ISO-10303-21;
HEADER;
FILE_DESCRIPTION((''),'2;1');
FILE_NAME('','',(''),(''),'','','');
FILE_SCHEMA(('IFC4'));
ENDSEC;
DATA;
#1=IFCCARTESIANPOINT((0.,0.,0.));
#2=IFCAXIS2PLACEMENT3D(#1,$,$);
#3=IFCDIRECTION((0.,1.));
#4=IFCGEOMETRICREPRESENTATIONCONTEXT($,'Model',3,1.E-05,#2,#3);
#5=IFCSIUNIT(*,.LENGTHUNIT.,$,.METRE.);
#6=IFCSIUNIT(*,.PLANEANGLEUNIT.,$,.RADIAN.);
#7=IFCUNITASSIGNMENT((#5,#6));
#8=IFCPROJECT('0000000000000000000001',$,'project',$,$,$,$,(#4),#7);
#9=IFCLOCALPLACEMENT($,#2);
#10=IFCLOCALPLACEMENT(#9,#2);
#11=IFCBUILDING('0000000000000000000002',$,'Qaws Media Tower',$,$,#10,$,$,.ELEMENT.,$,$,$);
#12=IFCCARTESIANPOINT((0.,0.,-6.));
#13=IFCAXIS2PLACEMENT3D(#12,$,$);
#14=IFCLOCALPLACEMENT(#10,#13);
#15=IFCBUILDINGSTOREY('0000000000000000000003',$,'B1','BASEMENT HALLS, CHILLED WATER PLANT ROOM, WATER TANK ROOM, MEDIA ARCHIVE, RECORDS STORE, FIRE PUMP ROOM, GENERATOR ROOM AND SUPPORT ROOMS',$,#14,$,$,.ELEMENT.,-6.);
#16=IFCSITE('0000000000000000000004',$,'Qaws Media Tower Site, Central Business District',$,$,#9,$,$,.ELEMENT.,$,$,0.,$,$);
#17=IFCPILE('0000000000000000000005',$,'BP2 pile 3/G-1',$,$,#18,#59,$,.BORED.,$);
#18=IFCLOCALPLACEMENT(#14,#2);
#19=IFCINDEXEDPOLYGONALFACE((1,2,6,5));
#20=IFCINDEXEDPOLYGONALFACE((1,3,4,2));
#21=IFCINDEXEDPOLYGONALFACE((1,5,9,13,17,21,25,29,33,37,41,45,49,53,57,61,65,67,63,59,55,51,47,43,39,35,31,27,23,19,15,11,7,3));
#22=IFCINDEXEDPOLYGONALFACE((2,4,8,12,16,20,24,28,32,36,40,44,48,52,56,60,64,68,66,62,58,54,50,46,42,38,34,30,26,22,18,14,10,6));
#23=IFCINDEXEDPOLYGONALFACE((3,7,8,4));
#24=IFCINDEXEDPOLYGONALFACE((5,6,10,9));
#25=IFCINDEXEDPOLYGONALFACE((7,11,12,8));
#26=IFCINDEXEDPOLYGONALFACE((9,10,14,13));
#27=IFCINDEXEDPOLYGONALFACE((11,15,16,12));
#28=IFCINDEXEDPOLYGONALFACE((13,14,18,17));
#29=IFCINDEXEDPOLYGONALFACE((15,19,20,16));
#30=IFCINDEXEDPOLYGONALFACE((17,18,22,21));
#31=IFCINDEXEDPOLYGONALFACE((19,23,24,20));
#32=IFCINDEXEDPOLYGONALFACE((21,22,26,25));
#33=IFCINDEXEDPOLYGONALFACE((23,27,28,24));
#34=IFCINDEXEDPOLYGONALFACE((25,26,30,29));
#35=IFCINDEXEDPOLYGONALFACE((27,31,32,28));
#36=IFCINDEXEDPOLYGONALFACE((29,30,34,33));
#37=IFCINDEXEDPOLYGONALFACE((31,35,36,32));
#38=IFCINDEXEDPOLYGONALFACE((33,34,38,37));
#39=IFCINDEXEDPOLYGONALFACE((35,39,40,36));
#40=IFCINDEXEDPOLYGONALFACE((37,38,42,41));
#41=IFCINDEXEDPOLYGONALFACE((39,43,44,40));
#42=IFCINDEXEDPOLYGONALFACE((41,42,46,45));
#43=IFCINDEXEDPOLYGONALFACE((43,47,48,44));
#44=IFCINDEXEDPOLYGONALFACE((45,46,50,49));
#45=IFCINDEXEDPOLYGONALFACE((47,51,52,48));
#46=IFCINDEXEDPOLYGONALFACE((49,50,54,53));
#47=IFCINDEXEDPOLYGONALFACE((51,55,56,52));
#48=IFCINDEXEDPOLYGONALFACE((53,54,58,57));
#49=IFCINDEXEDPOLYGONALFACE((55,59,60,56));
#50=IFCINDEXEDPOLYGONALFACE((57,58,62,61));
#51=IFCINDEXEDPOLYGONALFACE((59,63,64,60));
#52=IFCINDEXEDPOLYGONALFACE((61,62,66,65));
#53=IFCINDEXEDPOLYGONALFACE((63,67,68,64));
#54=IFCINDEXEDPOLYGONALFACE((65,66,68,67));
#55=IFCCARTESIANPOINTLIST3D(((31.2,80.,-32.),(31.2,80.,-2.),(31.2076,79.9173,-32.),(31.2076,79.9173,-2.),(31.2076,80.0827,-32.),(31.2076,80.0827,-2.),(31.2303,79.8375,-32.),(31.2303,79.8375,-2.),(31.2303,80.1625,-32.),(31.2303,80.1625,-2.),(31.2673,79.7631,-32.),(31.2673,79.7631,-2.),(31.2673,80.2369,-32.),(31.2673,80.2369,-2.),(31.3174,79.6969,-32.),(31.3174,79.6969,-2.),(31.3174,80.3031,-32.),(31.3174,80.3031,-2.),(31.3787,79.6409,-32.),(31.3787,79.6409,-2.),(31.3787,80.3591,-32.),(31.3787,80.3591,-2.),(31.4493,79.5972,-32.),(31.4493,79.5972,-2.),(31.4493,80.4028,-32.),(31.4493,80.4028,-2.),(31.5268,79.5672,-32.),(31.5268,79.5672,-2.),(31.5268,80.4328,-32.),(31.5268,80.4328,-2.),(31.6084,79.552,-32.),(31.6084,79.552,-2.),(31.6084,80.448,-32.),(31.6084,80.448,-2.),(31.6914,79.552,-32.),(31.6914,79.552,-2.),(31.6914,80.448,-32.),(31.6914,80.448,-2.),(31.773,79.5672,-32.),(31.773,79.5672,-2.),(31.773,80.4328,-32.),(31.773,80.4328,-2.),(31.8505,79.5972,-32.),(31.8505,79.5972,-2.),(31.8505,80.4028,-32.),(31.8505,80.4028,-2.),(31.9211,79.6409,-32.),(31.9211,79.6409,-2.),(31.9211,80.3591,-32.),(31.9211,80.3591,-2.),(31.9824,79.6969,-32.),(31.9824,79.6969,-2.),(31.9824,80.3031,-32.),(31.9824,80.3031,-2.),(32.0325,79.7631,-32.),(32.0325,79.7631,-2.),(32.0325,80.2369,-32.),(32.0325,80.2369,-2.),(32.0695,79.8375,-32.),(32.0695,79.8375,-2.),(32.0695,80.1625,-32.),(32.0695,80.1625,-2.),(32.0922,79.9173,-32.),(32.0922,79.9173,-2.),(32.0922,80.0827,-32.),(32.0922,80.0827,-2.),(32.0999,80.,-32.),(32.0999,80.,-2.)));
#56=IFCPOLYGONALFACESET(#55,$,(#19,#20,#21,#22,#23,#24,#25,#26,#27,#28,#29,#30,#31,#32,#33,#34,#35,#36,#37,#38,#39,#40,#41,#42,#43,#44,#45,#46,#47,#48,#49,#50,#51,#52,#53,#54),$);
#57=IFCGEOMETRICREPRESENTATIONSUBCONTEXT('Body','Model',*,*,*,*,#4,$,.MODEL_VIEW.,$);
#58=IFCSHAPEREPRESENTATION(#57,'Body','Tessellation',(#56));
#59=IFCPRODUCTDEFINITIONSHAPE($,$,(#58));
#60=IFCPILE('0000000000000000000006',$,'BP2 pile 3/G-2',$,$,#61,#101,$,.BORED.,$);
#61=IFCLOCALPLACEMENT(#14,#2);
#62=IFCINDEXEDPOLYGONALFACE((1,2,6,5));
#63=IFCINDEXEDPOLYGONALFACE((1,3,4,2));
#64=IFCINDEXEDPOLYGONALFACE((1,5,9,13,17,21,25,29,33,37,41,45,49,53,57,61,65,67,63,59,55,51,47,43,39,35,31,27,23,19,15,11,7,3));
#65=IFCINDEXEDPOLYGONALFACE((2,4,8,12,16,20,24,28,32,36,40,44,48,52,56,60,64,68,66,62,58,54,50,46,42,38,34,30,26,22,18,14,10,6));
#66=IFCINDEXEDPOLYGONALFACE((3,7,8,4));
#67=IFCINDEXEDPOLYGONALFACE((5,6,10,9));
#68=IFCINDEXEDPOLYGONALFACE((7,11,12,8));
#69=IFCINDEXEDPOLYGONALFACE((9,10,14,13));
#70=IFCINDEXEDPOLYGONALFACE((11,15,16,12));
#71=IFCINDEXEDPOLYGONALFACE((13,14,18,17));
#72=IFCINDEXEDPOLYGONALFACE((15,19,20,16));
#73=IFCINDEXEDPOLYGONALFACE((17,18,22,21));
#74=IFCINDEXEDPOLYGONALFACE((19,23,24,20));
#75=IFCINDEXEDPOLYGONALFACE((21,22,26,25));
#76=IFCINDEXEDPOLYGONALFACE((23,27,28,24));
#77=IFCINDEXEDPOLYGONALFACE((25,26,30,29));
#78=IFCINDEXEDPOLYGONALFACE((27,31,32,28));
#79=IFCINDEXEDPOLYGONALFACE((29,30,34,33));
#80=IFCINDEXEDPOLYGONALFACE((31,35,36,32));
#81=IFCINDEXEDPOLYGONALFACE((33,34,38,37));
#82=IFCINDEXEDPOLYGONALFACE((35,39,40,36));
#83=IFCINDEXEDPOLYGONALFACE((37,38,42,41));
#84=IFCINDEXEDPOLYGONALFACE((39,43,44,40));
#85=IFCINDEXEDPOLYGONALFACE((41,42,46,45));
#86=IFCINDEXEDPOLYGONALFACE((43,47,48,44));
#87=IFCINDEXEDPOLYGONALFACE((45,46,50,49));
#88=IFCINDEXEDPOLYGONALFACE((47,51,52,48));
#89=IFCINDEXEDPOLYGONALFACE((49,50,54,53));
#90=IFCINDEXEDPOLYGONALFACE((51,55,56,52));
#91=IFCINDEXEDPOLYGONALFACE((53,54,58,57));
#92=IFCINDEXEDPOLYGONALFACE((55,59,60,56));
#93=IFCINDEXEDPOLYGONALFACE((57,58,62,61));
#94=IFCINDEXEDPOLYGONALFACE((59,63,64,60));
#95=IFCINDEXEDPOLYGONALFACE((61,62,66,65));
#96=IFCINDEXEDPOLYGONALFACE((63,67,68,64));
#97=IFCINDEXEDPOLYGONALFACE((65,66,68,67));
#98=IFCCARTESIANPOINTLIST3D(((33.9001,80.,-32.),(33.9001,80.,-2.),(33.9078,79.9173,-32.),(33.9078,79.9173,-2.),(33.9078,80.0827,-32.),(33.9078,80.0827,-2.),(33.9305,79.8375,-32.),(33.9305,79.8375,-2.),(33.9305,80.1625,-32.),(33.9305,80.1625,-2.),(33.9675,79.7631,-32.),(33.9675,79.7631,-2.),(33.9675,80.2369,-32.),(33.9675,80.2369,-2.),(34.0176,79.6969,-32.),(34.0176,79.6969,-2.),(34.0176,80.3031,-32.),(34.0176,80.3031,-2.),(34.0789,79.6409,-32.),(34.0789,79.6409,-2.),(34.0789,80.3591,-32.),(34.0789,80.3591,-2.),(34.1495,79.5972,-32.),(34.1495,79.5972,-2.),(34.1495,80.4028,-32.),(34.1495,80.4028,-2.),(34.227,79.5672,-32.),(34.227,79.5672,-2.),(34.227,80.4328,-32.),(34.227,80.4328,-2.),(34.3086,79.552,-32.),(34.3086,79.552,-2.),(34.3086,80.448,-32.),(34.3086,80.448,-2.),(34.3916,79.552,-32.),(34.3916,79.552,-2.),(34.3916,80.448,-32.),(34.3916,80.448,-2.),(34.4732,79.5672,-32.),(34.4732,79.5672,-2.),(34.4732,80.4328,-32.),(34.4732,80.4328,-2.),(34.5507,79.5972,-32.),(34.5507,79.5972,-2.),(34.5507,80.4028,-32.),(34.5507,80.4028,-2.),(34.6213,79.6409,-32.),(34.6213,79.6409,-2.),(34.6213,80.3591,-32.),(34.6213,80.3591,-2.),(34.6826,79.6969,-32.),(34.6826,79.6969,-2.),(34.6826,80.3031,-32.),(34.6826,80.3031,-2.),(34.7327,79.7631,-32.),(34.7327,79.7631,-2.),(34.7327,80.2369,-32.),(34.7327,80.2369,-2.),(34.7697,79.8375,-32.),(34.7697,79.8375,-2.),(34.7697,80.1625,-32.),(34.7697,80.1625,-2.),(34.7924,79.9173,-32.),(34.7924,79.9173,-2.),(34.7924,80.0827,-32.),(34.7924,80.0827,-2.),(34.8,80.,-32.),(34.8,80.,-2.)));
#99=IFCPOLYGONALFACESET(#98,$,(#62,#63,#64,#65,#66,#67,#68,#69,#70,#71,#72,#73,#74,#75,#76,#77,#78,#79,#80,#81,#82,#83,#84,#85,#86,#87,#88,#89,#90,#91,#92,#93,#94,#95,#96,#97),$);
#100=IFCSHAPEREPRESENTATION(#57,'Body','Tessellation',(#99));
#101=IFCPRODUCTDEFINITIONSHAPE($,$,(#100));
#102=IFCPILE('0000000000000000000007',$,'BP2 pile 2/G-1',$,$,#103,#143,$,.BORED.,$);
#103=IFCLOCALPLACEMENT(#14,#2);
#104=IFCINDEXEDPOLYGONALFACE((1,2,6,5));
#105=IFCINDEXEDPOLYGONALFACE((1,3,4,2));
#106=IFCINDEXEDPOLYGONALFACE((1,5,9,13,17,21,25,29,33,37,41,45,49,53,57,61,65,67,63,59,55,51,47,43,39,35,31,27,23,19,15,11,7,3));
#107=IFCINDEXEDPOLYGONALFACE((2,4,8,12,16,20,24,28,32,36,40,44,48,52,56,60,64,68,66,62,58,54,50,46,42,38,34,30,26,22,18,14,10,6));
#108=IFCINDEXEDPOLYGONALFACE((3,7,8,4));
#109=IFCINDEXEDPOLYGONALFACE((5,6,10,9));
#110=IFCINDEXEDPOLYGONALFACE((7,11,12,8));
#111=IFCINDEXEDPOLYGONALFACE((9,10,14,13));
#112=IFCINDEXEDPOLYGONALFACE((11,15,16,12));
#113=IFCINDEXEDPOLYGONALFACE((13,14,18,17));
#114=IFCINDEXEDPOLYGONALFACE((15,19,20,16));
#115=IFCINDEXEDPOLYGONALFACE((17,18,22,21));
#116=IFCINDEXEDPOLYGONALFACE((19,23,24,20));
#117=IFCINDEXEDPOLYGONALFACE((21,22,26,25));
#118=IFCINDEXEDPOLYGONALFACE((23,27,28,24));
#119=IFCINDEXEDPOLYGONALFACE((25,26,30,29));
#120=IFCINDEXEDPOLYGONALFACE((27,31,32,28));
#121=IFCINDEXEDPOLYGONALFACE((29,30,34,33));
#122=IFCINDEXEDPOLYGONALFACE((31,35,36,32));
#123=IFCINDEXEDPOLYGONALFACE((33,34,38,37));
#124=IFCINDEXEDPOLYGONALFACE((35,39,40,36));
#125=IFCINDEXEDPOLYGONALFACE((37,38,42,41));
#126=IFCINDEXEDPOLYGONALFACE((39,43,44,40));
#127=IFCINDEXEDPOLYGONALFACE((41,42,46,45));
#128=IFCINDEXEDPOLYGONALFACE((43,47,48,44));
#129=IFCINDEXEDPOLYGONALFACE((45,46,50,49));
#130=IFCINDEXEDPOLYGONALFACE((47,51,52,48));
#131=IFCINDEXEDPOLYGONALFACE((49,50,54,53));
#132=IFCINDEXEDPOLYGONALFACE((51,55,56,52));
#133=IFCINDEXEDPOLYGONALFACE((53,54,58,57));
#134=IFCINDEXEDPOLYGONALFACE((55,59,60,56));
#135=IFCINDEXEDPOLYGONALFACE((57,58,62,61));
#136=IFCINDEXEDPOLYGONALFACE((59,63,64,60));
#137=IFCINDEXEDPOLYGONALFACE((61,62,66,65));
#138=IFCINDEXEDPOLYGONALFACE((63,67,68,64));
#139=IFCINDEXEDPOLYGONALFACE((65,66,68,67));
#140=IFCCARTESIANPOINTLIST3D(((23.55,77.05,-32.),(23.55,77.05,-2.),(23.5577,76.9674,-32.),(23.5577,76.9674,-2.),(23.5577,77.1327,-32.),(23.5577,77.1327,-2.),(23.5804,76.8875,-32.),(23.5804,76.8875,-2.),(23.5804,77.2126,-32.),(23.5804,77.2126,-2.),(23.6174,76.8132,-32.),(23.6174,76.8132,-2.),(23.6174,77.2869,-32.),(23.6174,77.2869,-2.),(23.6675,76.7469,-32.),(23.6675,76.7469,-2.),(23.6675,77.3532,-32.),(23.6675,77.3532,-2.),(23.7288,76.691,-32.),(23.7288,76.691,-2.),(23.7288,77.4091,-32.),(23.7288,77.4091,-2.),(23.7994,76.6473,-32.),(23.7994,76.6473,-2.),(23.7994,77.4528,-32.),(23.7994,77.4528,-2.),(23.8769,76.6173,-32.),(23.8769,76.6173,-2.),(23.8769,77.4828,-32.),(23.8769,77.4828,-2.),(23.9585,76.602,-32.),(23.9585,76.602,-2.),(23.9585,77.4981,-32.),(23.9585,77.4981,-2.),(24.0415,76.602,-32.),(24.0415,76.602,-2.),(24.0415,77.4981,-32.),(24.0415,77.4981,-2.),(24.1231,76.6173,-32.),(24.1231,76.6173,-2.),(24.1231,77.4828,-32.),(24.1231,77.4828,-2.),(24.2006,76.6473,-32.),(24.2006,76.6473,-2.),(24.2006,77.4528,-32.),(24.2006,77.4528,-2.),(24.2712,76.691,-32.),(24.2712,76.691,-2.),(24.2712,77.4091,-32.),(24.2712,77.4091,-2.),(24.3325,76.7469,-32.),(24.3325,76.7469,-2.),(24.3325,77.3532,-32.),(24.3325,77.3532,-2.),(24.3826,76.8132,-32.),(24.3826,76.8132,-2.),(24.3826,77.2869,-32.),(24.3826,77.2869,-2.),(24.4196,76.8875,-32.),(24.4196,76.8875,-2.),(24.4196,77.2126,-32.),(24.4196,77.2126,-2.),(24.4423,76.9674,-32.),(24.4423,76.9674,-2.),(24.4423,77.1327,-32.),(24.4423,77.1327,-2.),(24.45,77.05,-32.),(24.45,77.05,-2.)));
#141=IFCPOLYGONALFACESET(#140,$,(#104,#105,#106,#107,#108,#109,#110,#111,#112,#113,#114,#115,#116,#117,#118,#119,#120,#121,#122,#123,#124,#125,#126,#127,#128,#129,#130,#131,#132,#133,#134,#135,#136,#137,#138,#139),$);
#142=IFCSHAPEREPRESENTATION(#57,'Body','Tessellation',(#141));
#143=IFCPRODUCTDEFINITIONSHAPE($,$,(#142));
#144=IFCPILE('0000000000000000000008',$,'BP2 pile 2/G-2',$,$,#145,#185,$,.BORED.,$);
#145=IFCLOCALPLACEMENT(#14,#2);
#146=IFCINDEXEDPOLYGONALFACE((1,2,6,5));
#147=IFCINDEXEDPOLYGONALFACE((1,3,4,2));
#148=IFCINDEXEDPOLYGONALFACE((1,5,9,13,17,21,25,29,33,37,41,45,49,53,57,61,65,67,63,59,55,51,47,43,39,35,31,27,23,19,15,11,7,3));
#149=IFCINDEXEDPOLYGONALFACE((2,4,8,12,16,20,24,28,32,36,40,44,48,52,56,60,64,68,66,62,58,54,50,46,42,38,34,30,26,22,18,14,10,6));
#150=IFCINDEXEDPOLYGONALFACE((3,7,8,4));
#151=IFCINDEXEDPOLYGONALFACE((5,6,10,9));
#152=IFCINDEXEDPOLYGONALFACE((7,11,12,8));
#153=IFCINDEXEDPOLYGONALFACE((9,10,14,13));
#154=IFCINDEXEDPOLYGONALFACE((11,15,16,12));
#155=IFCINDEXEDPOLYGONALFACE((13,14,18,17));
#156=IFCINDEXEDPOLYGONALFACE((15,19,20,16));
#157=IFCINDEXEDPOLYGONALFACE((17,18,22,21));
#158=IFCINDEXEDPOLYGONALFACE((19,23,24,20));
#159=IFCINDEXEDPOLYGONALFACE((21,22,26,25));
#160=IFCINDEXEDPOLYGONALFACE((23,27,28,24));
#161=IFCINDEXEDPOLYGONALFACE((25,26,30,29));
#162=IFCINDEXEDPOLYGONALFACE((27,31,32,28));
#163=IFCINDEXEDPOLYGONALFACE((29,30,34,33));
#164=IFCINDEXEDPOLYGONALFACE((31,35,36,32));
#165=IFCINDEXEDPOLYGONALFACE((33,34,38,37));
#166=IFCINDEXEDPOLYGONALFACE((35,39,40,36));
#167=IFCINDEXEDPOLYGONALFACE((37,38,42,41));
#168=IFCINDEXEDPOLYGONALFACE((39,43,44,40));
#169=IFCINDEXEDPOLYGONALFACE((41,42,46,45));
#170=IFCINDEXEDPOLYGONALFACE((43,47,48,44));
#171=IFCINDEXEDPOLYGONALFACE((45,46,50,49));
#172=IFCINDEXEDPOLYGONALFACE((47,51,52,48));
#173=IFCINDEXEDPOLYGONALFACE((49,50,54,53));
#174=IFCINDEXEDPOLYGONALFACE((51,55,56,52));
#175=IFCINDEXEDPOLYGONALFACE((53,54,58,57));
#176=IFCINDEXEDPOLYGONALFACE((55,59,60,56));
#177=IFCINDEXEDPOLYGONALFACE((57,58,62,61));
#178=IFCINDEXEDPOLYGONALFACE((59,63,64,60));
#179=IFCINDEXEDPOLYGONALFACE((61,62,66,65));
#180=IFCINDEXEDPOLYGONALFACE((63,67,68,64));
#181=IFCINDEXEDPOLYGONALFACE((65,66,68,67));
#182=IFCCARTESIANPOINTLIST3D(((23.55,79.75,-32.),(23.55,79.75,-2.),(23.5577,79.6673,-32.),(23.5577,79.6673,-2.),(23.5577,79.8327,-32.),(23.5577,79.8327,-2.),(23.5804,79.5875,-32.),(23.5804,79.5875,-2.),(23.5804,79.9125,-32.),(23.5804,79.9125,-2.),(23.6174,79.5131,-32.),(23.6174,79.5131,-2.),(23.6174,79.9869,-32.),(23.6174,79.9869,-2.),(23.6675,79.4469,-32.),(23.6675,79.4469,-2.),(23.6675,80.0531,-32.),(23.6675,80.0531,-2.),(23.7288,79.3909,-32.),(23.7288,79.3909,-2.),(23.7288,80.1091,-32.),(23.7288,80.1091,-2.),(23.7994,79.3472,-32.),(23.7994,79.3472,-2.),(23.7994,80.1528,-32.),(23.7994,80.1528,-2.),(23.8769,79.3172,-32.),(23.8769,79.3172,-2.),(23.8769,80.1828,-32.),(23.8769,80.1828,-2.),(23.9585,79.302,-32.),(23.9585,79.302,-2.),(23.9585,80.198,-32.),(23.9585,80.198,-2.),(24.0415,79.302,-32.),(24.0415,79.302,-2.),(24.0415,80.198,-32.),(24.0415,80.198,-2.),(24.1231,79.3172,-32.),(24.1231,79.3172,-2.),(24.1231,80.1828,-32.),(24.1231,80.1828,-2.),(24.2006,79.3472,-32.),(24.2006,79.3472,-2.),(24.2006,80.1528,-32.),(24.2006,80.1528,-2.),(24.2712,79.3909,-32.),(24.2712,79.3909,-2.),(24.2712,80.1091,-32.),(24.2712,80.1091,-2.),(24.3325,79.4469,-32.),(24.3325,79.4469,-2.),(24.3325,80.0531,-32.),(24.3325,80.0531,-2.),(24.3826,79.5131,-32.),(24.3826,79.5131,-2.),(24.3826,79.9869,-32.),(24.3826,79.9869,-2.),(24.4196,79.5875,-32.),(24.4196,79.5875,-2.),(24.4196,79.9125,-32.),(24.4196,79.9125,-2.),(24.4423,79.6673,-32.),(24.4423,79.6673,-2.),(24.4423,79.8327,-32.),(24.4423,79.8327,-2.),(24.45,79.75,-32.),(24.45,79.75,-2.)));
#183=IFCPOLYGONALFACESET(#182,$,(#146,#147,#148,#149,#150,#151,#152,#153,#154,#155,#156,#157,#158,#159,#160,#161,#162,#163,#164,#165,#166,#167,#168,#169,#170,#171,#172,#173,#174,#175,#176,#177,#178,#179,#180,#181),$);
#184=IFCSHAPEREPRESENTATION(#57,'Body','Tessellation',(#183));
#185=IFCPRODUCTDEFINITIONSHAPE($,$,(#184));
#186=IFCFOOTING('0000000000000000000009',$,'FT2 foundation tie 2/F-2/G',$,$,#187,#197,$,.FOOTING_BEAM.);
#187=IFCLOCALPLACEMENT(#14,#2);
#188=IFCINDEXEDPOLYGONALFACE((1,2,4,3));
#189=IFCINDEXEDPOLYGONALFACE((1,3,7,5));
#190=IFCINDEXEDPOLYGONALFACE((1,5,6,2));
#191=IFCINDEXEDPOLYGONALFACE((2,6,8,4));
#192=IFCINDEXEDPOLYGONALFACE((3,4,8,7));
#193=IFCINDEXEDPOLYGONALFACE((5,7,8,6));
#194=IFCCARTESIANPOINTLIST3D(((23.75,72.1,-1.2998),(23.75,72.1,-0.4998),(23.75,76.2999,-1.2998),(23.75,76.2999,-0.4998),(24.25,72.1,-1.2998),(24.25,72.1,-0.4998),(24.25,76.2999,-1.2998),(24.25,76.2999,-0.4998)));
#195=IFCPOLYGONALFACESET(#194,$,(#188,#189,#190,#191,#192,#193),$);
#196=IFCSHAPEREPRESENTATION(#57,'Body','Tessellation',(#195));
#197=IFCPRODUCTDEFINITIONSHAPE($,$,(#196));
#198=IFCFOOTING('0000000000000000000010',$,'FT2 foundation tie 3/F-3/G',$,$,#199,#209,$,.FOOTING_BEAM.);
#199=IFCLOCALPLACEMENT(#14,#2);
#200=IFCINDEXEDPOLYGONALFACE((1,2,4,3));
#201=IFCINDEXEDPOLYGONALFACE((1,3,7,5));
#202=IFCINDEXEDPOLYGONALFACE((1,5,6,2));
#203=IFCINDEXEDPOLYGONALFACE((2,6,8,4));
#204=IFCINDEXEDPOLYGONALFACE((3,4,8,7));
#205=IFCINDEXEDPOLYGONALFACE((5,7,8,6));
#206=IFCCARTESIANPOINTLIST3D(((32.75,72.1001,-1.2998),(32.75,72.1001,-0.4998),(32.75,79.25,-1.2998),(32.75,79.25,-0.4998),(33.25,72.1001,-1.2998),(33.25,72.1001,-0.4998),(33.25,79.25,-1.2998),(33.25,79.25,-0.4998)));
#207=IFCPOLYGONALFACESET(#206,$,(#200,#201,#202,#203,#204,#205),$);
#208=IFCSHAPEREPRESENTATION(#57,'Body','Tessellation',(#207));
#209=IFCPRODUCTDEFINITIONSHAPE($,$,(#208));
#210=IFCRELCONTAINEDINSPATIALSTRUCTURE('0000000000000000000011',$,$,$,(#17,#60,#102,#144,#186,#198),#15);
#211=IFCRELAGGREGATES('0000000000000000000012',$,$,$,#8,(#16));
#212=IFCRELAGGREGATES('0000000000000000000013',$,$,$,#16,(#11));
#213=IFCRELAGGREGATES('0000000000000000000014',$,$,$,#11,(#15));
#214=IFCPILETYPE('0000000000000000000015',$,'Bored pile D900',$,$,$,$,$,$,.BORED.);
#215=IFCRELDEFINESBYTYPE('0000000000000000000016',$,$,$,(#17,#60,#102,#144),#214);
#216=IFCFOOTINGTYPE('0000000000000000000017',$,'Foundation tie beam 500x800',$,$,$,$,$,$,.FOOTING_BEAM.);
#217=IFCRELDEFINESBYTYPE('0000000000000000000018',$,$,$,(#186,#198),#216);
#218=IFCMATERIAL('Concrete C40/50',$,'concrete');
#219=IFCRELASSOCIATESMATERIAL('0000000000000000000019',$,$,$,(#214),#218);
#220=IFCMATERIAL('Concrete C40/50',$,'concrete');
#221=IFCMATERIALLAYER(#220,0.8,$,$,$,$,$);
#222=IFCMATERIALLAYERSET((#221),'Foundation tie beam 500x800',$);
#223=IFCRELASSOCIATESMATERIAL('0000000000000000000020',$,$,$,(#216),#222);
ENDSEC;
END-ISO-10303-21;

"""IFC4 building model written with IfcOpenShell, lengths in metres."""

from ifc_helpers import new_model, si_unit, direction, frame, origin, origin_2d, place, context, subcontext, project, spatial, rectangle, circle, extrude, material, layer, layer_set, material_profile, profile_set, type_object, element, save


model = new_model("IFC4")

# Units and contexts
model_context = context("Model", 3, precision=1e-05, world=origin(), true_north=direction((0.0, 1.0)))
body_context = subcontext(model_context, "Body", "Model", "MODEL_VIEW")
ifc_project = project(units=[si_unit("LENGTHUNIT", "METRE"), si_unit("PLANEANGLEUNIT", "RADIAN")], contexts=[model_context])

# Site, building, storey
site_placement = place(None, origin())
site = spatial("IfcSite", under=ifc_project, at=site_placement, Name="Qaws Media Tower Site, Central Business District", CompositionType="ELEMENT", RefElevation=0.0)
building_placement = place(site_placement, origin())
building = spatial("IfcBuilding", under=site, at=building_placement, Name="Qaws Media Tower", CompositionType="ELEMENT")
storey_placement = place(building_placement, frame((0.0, 0.0, -6.0)))
storey = spatial("IfcBuildingStorey", under=building, at=storey_placement, Name="B1", Description="BASEMENT HALLS, CHILLED WATER PLANT ROOM, WATER TANK ROOM, MEDIA ARCHIVE, RECORDS STORE, FIRE PUMP ROOM, GENERATOR ROOM AND SUPPORT ROOMS", CompositionType="ELEMENT", Elevation=-6.0)

# Piles
ifc_material_1 = material(Name="Concrete C40/50", Category="concrete")
ifc_material_profile_1 = material_profile(ifc_material_1, circle(Radius=0.45, at=origin_2d()), Name="D900")
ifc_profile_set_1 = profile_set([ifc_material_profile_1], Name="Concrete C40/50")
pile_type = type_object("IfcPileType", Name="Bored pile D900", PredefinedType="BORED", material=ifc_profile_set_1)
for number, where, z_axis, x_axis, name in (
    (1, (31.6499, 80.0, -2.0), (0.0, 0.0, -1.0), (1.0, 0.0, 0.0), "BP2 pile 3/G-1"),
    (2, (34.3501, 80.0, -2.0), (0.0, 0.0, -1.0), (1.0, 0.0, 0.0), "BP2 pile 3/G-2"),
    (3, (24.0, 77.05, -2.0), (0.0, 0.0, -1.0), (1.0, 0.0, 0.0), "BP2 pile 2/G-1"),
    (4, (24.0, 79.75, -2.0), (0.0, 0.0, -1.0), (1.0, 0.0, 0.0), "BP2 pile 2/G-2"),
):
    element("IfcPile", number, at=place(storey_placement, frame(where, z_axis=z_axis, x_axis=x_axis)), inside=storey, type_object=pile_type, Name=name, PredefinedType="BORED", context=body_context, shape_type="SweptSolid", body=[
        extrude(circle(Radius=0.45, at=origin_2d()), origin(), (0.0, 0.0, 1.0), 30.0),
    ])

# Footings
ifc_material_2 = material(Name="Concrete C40/50", Category="concrete")
ifc_layer_1 = layer(ifc_material_2, 0.8)
ifc_layer_set_1 = layer_set([ifc_layer_1], Name="Foundation tie beam 500x800")
footing_type_1 = type_object("IfcFootingType", Name="Foundation tie beam 500x800", PredefinedType="FOOTING_BEAM", material=ifc_layer_set_1)
footing_1_placement = place(storey_placement, frame((24.0, 74.2, -1.2998), z_axis=(0.0, 0.0, 1.0), x_axis=(1.0, 0.0, 0.0)))
element("IfcFooting", 5, at=footing_1_placement, inside=storey, type_object=footing_type_1, Name="FT2 foundation tie 2/F-2/G", PredefinedType="FOOTING_BEAM", context=body_context, shape_type="SweptSolid", body=[
    extrude(rectangle(XDim=0.5, YDim=4.2, at=origin_2d()), origin(), (0.0, 0.0, 1.0), 0.8),
])
footing_2_placement = place(storey_placement, frame((33.0, 75.675, -1.2998), z_axis=(0.0, 0.0, 1.0), x_axis=(1.0, 0.0, 0.0)))
element("IfcFooting", 6, at=footing_2_placement, inside=storey, type_object=footing_type_1, Name="FT2 foundation tie 3/F-3/G", PredefinedType="FOOTING_BEAM", context=body_context, shape_type="SweptSolid", body=[
    extrude(rectangle(XDim=0.5, YDim=7.1499, at=origin_2d()), origin(), (0.0, 0.0, 1.0), 0.8),
])

save(model, "model.ifc")
